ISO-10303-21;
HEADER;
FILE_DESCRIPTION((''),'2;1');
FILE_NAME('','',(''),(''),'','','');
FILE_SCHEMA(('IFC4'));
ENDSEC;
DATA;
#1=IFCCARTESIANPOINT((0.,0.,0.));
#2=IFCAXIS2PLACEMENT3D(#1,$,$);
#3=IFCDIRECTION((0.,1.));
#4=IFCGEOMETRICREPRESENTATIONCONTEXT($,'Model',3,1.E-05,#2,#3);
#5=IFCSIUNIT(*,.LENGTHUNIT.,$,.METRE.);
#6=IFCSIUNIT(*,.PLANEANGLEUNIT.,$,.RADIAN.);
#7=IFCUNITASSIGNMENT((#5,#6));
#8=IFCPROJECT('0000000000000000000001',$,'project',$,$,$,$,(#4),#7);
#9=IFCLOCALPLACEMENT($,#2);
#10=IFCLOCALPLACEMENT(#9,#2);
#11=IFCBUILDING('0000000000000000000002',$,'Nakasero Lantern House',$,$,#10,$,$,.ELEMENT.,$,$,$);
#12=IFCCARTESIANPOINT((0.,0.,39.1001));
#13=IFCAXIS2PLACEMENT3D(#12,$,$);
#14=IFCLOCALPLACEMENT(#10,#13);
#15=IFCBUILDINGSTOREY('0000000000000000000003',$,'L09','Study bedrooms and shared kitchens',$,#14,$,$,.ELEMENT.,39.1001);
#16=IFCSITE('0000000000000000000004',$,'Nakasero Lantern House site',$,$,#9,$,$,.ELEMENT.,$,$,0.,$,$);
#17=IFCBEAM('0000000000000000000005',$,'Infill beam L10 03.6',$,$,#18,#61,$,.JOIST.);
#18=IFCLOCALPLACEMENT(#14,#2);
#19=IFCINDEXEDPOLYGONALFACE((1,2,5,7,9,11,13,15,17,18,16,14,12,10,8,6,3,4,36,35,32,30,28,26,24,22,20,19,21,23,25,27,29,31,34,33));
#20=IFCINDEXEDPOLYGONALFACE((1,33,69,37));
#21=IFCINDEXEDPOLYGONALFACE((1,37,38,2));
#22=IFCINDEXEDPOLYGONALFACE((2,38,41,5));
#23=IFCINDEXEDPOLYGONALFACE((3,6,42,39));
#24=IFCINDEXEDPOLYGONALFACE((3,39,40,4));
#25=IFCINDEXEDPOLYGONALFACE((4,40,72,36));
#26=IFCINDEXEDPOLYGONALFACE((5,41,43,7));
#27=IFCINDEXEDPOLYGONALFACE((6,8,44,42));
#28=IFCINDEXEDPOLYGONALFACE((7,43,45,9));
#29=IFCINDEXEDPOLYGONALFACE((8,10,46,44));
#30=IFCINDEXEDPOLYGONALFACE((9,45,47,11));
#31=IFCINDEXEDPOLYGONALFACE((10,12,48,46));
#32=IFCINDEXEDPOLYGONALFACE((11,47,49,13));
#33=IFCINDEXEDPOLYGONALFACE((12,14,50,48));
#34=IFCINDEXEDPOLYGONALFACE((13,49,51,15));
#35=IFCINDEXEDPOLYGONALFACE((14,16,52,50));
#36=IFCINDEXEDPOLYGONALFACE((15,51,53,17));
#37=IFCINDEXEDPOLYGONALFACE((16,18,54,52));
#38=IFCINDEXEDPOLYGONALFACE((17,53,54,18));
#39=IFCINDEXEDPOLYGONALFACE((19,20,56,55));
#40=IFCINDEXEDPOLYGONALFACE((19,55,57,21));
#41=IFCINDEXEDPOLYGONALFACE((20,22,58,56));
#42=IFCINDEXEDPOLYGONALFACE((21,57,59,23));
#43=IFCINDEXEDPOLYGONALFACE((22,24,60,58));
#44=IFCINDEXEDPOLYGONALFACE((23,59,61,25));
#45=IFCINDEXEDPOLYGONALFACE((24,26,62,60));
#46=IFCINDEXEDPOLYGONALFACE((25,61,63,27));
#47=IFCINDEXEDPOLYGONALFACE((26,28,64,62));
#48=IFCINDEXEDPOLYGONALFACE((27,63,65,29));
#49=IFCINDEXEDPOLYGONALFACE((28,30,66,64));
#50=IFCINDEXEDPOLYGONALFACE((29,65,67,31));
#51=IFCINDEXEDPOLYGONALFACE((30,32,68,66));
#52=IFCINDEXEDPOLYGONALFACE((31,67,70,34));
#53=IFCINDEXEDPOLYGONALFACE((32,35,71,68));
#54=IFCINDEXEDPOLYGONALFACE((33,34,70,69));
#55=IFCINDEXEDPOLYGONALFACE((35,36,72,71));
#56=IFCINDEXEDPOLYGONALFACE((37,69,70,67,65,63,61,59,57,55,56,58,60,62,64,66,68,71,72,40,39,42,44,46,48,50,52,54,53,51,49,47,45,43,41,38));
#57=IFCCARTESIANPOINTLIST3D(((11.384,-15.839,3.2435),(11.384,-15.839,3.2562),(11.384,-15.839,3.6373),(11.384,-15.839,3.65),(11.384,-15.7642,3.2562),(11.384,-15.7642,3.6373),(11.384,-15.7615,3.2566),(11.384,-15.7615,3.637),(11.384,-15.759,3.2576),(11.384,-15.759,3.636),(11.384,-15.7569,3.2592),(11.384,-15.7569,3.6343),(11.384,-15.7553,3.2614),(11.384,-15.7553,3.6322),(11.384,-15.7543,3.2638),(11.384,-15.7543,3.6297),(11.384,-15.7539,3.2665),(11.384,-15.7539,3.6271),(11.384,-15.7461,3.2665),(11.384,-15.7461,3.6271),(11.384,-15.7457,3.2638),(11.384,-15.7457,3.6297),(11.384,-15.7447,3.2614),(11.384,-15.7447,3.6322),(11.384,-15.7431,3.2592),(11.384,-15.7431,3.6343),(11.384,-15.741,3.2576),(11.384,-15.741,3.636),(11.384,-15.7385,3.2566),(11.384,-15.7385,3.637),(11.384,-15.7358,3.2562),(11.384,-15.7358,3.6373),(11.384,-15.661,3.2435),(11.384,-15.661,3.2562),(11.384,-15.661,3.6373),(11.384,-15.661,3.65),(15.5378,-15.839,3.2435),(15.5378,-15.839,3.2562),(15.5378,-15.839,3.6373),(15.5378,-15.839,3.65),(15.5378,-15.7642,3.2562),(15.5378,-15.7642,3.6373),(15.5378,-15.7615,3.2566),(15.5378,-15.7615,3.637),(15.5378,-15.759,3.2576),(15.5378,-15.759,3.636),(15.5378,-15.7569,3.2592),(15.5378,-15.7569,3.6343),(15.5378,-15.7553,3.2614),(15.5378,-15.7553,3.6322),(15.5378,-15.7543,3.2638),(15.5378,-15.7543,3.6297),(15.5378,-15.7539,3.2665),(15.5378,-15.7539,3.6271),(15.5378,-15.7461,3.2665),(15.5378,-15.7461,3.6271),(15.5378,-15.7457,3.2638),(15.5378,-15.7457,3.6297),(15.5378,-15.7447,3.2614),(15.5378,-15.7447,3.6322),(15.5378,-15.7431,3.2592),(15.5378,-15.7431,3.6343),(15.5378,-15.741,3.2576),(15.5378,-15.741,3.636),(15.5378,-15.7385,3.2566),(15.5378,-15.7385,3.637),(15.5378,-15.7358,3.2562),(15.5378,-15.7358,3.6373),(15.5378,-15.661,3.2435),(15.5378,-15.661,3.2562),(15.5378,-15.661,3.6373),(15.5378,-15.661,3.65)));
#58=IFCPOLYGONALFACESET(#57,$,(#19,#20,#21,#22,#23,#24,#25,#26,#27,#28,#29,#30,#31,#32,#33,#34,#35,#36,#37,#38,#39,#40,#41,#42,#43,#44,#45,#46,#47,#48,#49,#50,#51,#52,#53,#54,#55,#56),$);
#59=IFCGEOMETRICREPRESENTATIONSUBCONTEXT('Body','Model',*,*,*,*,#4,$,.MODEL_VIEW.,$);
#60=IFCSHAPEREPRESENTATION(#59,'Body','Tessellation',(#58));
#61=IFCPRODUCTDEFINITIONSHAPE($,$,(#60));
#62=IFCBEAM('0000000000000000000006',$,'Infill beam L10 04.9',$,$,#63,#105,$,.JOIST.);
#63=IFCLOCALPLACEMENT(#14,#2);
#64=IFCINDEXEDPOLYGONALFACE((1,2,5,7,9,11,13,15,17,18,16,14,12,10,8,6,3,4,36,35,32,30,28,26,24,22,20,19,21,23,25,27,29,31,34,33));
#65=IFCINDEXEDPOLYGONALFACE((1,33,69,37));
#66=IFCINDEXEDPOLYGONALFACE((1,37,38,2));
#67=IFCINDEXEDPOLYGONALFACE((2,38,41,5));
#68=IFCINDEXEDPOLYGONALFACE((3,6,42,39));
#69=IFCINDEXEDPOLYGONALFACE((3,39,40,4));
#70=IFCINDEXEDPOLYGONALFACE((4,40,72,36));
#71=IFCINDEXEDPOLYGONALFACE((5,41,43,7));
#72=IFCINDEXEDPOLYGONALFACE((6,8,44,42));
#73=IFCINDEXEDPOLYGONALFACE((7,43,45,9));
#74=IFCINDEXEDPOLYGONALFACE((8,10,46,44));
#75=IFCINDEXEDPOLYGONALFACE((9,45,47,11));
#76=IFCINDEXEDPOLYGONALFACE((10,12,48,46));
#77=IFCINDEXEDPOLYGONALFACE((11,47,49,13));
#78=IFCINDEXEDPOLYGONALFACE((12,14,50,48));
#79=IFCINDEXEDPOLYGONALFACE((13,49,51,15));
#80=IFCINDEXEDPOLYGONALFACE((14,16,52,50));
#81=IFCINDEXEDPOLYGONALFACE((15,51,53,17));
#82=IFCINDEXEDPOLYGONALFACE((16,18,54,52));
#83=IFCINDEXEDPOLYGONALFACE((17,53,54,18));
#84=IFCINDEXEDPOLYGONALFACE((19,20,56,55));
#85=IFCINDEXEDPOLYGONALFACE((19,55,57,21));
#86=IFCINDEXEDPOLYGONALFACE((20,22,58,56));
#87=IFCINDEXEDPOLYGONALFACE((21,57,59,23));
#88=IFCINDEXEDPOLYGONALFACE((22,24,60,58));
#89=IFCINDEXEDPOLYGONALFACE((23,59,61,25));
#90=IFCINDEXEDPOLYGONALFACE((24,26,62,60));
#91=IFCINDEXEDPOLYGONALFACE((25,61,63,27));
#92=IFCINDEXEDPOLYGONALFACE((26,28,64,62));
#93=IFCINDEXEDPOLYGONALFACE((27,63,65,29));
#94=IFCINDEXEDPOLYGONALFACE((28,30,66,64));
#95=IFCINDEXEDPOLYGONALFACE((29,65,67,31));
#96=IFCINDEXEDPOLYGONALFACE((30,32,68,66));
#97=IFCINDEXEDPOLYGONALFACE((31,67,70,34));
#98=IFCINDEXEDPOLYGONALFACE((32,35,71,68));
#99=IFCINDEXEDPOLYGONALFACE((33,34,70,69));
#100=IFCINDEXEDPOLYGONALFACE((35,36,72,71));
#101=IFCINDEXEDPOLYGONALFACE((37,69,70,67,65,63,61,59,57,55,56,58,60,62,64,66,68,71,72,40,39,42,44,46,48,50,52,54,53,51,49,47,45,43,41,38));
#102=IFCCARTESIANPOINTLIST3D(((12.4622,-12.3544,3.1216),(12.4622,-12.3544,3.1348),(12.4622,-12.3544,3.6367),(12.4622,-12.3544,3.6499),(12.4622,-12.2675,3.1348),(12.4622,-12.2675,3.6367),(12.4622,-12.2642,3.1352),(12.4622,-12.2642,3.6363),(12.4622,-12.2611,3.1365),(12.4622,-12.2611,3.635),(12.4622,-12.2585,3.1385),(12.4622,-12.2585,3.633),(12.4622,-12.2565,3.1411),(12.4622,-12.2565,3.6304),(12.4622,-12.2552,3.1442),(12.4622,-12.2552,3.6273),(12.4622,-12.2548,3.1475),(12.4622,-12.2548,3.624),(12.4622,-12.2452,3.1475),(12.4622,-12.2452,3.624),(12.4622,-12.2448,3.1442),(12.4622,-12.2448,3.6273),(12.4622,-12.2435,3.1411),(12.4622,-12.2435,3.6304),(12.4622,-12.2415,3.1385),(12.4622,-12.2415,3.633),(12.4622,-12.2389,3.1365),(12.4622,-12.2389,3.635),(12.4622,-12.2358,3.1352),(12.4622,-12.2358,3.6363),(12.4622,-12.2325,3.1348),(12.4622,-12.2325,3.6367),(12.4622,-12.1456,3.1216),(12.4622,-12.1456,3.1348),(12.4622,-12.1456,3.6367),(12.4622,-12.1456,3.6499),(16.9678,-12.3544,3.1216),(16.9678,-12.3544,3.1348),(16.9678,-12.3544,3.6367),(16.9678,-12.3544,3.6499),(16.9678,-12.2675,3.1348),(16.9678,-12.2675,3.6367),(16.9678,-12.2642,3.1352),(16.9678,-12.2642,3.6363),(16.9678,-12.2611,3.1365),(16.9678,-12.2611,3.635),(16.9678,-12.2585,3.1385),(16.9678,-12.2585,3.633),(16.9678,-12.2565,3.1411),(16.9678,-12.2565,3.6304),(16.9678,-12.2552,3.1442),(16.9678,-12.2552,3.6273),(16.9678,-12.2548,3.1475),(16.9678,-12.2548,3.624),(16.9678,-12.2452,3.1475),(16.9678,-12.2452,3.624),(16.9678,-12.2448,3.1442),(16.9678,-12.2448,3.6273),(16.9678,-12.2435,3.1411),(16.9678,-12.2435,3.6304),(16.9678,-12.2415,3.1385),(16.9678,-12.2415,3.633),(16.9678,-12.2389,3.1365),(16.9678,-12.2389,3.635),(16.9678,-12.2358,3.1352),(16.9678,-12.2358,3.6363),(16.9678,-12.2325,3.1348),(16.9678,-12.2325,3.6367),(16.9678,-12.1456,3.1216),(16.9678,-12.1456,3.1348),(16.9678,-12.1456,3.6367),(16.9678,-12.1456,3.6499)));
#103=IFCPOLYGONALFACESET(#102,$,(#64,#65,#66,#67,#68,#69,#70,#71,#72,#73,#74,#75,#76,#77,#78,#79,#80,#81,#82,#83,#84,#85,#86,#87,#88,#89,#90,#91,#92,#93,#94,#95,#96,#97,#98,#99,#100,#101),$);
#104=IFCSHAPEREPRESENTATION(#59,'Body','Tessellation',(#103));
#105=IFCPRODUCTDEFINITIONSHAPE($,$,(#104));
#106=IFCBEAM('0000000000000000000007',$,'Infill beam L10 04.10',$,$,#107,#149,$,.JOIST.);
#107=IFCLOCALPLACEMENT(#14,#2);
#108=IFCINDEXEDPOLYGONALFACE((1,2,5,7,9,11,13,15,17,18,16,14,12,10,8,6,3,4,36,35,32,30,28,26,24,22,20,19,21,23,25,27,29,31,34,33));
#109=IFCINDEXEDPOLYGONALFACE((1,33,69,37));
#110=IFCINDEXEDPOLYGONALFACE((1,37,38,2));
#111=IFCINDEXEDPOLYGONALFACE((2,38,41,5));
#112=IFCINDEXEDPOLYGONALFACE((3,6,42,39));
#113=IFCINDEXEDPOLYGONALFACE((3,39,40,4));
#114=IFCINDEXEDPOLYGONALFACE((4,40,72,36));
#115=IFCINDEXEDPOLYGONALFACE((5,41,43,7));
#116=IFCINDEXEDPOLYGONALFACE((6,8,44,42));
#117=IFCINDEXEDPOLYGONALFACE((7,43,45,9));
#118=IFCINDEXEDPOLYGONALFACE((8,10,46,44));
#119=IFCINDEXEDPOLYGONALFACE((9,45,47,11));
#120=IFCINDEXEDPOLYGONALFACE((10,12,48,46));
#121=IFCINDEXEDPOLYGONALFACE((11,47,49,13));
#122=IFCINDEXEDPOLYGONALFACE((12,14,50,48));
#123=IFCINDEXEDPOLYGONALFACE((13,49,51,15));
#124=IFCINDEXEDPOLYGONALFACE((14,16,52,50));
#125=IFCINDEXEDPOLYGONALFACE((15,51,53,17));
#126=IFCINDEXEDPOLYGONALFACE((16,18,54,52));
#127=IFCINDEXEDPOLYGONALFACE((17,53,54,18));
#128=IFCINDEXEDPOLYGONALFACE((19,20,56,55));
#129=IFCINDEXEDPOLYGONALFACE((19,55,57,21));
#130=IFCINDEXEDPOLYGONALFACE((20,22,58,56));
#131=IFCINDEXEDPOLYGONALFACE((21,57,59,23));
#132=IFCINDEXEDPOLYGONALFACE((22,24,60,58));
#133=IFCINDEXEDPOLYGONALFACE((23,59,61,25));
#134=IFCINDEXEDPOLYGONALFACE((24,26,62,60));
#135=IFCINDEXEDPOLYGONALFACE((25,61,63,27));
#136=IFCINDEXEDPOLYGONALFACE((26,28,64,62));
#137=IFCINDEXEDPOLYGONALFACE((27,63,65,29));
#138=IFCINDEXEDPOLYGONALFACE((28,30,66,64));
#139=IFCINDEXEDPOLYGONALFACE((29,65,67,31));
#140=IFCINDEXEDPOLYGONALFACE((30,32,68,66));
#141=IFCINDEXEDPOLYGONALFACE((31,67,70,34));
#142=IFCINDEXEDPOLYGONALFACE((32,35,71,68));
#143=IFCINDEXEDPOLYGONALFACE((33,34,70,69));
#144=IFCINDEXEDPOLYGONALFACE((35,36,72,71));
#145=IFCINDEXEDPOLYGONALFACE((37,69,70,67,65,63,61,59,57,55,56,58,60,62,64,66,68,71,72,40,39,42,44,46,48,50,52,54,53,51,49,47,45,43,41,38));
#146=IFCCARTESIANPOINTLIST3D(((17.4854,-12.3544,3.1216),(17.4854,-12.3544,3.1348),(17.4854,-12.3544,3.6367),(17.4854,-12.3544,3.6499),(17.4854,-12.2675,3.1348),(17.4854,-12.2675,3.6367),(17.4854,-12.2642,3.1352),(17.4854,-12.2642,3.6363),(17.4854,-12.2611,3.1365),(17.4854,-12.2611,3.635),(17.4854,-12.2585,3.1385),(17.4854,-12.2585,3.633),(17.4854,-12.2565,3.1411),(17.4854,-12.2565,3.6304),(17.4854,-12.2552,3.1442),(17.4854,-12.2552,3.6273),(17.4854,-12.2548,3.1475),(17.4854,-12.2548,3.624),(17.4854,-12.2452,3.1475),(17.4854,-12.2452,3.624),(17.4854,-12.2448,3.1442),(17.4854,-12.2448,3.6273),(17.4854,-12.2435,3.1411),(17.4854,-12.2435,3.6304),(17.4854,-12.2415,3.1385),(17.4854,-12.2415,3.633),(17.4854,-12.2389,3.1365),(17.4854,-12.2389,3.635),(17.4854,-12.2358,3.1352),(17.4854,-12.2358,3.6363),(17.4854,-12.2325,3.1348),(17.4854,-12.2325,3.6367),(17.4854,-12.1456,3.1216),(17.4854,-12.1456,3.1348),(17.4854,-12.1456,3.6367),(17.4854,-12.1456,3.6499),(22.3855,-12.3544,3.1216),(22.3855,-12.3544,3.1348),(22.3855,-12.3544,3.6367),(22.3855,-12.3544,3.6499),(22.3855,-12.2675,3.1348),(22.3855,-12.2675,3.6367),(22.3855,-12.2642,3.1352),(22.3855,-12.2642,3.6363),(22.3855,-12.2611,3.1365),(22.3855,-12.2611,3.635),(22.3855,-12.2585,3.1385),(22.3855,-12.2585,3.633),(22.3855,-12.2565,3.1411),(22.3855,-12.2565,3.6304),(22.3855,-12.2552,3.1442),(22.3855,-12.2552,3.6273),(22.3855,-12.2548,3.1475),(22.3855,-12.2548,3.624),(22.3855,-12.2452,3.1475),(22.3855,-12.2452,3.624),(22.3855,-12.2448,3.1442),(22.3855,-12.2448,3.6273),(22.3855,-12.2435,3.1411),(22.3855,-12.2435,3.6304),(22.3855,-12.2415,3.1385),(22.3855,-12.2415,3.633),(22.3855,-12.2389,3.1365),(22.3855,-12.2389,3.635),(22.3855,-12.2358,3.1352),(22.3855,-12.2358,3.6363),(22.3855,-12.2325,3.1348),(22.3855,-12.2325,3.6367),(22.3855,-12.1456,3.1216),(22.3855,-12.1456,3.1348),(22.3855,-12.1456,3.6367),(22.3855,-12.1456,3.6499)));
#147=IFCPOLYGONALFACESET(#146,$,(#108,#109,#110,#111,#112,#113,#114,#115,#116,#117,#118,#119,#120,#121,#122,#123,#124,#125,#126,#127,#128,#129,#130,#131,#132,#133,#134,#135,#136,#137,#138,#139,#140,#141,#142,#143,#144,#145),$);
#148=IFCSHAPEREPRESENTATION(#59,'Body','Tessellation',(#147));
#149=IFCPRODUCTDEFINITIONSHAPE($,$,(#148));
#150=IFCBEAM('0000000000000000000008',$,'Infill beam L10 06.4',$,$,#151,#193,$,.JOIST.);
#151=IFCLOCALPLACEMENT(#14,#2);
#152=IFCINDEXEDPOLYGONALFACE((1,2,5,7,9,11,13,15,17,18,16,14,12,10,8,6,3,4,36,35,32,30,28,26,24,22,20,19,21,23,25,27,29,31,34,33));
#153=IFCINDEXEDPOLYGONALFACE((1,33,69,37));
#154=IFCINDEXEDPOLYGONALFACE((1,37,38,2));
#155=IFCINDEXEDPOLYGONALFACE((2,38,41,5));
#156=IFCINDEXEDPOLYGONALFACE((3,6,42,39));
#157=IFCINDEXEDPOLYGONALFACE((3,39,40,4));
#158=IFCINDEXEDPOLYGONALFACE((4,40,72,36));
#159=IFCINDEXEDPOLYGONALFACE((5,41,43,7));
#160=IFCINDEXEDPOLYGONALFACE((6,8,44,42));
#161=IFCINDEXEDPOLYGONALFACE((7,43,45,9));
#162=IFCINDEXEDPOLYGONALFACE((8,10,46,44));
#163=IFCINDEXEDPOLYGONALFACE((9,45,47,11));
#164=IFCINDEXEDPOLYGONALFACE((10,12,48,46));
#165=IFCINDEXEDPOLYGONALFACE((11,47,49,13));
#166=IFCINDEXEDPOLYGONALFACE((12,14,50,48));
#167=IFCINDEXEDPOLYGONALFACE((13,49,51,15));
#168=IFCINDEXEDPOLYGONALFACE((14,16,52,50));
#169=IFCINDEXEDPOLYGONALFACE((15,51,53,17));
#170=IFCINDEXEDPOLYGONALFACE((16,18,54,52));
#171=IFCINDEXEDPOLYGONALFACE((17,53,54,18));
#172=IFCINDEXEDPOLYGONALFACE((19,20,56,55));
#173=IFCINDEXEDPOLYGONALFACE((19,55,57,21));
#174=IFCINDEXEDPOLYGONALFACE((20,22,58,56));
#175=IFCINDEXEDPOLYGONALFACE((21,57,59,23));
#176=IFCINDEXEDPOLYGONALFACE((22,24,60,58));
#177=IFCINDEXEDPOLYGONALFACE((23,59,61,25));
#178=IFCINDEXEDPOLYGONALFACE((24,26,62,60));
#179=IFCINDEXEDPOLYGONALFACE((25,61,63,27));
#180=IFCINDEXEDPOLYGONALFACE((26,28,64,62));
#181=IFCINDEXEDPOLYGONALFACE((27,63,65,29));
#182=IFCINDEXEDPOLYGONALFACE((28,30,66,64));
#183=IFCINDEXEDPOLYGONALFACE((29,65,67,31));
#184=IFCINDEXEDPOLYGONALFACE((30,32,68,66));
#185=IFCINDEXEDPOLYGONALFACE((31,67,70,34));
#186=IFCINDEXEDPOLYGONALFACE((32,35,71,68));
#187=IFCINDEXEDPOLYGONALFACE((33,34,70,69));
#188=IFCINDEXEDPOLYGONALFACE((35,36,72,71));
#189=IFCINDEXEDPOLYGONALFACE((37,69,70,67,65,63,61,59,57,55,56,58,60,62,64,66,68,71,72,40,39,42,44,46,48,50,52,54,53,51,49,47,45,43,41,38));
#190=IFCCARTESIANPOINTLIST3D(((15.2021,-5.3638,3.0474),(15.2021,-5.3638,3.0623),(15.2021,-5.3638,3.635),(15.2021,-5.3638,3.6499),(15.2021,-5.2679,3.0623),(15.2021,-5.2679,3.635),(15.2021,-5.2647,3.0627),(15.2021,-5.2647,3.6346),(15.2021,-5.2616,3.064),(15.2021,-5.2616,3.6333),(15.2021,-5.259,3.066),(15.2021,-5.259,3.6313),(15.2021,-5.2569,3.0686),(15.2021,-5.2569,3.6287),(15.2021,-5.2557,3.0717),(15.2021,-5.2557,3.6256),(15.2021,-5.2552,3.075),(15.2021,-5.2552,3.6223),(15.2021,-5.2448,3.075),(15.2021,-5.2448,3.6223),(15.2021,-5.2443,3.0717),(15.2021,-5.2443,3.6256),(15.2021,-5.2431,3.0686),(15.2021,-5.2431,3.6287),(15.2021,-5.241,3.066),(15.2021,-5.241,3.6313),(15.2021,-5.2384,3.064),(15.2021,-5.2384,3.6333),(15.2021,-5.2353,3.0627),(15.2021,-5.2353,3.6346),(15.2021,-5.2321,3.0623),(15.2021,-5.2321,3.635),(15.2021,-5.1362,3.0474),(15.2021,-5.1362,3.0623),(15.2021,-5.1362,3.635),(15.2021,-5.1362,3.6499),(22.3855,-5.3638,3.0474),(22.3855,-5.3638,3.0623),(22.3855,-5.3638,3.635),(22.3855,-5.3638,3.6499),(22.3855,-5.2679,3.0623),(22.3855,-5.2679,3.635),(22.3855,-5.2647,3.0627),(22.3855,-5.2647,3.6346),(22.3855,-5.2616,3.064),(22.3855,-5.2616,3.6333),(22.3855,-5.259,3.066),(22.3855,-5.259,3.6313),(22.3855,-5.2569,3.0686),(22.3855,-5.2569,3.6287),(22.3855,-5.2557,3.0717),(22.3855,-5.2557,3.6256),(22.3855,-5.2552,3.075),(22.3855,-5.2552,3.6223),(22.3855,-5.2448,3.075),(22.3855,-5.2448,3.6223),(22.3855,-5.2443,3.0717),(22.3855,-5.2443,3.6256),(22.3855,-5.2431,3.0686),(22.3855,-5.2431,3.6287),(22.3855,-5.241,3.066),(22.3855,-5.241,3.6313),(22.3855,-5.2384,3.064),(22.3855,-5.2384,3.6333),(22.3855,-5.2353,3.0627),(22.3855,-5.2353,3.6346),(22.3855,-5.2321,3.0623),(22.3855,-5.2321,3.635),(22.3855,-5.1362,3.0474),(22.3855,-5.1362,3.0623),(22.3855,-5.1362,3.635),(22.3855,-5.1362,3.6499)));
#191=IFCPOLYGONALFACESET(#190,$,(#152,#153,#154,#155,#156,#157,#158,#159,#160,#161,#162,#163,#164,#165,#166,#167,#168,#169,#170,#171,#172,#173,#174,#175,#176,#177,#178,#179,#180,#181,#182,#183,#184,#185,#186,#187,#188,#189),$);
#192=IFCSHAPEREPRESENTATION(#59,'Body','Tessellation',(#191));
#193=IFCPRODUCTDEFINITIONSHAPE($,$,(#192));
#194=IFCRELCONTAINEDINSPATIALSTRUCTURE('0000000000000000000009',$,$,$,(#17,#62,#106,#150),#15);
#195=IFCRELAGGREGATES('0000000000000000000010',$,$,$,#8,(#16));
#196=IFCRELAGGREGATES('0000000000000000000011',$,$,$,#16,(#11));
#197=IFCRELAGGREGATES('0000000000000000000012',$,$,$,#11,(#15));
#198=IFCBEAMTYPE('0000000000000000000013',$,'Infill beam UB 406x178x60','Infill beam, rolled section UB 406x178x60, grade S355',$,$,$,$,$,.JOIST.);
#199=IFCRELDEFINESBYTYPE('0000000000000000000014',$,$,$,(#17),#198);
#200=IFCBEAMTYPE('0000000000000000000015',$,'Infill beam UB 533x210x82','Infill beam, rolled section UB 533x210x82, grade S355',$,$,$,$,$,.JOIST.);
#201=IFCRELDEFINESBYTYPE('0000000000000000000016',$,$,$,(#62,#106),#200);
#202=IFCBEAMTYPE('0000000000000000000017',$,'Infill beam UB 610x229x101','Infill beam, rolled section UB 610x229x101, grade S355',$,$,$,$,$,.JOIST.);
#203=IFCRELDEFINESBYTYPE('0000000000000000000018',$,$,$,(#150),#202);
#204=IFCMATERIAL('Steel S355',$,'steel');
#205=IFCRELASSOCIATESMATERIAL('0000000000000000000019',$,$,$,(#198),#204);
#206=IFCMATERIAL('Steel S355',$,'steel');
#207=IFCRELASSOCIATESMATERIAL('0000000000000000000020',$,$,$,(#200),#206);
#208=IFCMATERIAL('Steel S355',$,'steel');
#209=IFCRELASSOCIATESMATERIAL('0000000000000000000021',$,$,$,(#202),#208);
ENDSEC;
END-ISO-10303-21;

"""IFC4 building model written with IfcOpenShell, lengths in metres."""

from ifc_helpers import new_model, si_unit, direction, frame, origin, origin_2d, place, context, subcontext, project, spatial, i_section, extrude, material, material_profile, profile_set, type_object, element, save


model = new_model("IFC4")

# Units and contexts
model_context = context("Model", 3, precision=1e-05, world=origin(), true_north=direction((0.0, 1.0)))
body_context = subcontext(model_context, "Body", "Model", "MODEL_VIEW")
ifc_project = project(units=[si_unit("LENGTHUNIT", "METRE"), si_unit("PLANEANGLEUNIT", "RADIAN")], contexts=[model_context])

# Site, building, storey
site_placement = place(None, origin())
site = spatial("IfcSite", under=ifc_project, at=site_placement, Name="Nakasero Lantern House site", CompositionType="ELEMENT", RefElevation=0.0)
building_placement = place(site_placement, origin())
building = spatial("IfcBuilding", under=site, at=building_placement, Name="Nakasero Lantern House", CompositionType="ELEMENT")
storey_placement = place(building_placement, frame((0.0, 0.0, 39.1001)))
storey = spatial("IfcBuildingStorey", under=building, at=storey_placement, Name="L09", Description="Study bedrooms and shared kitchens", CompositionType="ELEMENT", Elevation=39.1001)

# Beams
ifc_material_1 = material(Name="Steel S355", Category="steel")
ifc_material_profile_1 = material_profile(ifc_material_1, i_section(OverallWidth=0.178, OverallDepth=0.4065, WebThickness=0.0078, FlangeThickness=0.0127, FilletRadius=0.0103, at=origin_2d()), Name="UB 406x178x60")
ifc_profile_set_1 = profile_set([ifc_material_profile_1], Name="Steel S355")
beam_type_1 = type_object("IfcBeamType", Name="Infill beam UB 406x178x60", Description="Infill beam, rolled section UB 406x178x60, grade S355", PredefinedType="JOIST", material=ifc_profile_set_1)
beam_1_placement = place(storey_placement, frame((11.384, -15.75, 3.4468), z_axis=(1.0, 0.0, 0.0), x_axis=(0.0, 1.0, 0.0)))
element("IfcBeam", 1, at=beam_1_placement, inside=storey, type_object=beam_type_1, Name="Infill beam L10 03.6", PredefinedType="JOIST", context=body_context, shape_type="SweptSolid", body=[
    extrude(i_section(OverallWidth=0.178, OverallDepth=0.4065, WebThickness=0.0078, FlangeThickness=0.0127, FilletRadius=0.0103, at=origin_2d()), origin(), (0.0, 0.0, 1.0), 4.1538),
])
ifc_material_2 = material(Name="Steel S355", Category="steel")
ifc_material_profile_2 = material_profile(ifc_material_2, i_section(OverallWidth=0.2087, OverallDepth=0.5283, WebThickness=0.0095, FlangeThickness=0.0132, FilletRadius=0.0127, at=origin_2d()), Name="UB 533x210x82")
ifc_profile_set_2 = profile_set([ifc_material_profile_2], Name="Steel S355")
beam_type_2 = type_object("IfcBeamType", Name="Infill beam UB 533x210x82", Description="Infill beam, rolled section UB 533x210x82, grade S355", PredefinedType="JOIST", material=ifc_profile_set_2)
beam_2_placement = place(storey_placement, frame((12.4622, -12.25, 3.3857), z_axis=(1.0, 0.0, 0.0), x_axis=(0.0, 1.0, 0.0)))
element("IfcBeam", 2, at=beam_2_placement, inside=storey, type_object=beam_type_2, Name="Infill beam L10 04.9", PredefinedType="JOIST", context=body_context, shape_type="SweptSolid", body=[
    extrude(i_section(OverallWidth=0.2087, OverallDepth=0.5283, WebThickness=0.0095, FlangeThickness=0.0132, FilletRadius=0.0127, at=origin_2d()), origin(), (0.0, 0.0, 1.0), 4.5056),
])
beam_3_placement = place(storey_placement, frame((17.4854, -12.25, 3.3857), z_axis=(1.0, 0.0, 0.0), x_axis=(0.0, 1.0, 0.0)))
element("IfcBeam", 3, at=beam_3_placement, inside=storey, type_object=beam_type_2, Name="Infill beam L10 04.10", PredefinedType="JOIST", context=body_context, shape_type="SweptSolid", body=[
    extrude(i_section(OverallWidth=0.2087, OverallDepth=0.5283, WebThickness=0.0095, FlangeThickness=0.0132, FilletRadius=0.0127, at=origin_2d()), origin(), (0.0, 0.0, 1.0), 4.9001),
])
ifc_material_3 = material(Name="Steel S355", Category="steel")
ifc_material_profile_3 = material_profile(ifc_material_3, i_section(OverallWidth=0.2275, OverallDepth=0.6025, WebThickness=0.0105, FlangeThickness=0.0149, FilletRadius=0.0127, at=origin_2d()), Name="UB 610x229x101")
ifc_profile_set_3 = profile_set([ifc_material_profile_3], Name="Steel S355")
beam_type_3 = type_object("IfcBeamType", Name="Infill beam UB 610x229x101", Description="Infill beam, rolled section UB 610x229x101, grade S355", PredefinedType="JOIST", material=ifc_profile_set_3)
beam_4_placement = place(storey_placement, frame((15.2021, -5.25, 3.3486), z_axis=(1.0, 0.0, 0.0), x_axis=(0.0, 1.0, 0.0)))
element("IfcBeam", 4, at=beam_4_placement, inside=storey, type_object=beam_type_3, Name="Infill beam L10 06.4", PredefinedType="JOIST", context=body_context, shape_type="SweptSolid", body=[
    extrude(i_section(OverallWidth=0.2275, OverallDepth=0.6025, WebThickness=0.0105, FlangeThickness=0.0149, FilletRadius=0.0127, at=origin_2d()), origin(), (0.0, 0.0, 1.0), 7.1833),
])

save(model, "model.ifc")
